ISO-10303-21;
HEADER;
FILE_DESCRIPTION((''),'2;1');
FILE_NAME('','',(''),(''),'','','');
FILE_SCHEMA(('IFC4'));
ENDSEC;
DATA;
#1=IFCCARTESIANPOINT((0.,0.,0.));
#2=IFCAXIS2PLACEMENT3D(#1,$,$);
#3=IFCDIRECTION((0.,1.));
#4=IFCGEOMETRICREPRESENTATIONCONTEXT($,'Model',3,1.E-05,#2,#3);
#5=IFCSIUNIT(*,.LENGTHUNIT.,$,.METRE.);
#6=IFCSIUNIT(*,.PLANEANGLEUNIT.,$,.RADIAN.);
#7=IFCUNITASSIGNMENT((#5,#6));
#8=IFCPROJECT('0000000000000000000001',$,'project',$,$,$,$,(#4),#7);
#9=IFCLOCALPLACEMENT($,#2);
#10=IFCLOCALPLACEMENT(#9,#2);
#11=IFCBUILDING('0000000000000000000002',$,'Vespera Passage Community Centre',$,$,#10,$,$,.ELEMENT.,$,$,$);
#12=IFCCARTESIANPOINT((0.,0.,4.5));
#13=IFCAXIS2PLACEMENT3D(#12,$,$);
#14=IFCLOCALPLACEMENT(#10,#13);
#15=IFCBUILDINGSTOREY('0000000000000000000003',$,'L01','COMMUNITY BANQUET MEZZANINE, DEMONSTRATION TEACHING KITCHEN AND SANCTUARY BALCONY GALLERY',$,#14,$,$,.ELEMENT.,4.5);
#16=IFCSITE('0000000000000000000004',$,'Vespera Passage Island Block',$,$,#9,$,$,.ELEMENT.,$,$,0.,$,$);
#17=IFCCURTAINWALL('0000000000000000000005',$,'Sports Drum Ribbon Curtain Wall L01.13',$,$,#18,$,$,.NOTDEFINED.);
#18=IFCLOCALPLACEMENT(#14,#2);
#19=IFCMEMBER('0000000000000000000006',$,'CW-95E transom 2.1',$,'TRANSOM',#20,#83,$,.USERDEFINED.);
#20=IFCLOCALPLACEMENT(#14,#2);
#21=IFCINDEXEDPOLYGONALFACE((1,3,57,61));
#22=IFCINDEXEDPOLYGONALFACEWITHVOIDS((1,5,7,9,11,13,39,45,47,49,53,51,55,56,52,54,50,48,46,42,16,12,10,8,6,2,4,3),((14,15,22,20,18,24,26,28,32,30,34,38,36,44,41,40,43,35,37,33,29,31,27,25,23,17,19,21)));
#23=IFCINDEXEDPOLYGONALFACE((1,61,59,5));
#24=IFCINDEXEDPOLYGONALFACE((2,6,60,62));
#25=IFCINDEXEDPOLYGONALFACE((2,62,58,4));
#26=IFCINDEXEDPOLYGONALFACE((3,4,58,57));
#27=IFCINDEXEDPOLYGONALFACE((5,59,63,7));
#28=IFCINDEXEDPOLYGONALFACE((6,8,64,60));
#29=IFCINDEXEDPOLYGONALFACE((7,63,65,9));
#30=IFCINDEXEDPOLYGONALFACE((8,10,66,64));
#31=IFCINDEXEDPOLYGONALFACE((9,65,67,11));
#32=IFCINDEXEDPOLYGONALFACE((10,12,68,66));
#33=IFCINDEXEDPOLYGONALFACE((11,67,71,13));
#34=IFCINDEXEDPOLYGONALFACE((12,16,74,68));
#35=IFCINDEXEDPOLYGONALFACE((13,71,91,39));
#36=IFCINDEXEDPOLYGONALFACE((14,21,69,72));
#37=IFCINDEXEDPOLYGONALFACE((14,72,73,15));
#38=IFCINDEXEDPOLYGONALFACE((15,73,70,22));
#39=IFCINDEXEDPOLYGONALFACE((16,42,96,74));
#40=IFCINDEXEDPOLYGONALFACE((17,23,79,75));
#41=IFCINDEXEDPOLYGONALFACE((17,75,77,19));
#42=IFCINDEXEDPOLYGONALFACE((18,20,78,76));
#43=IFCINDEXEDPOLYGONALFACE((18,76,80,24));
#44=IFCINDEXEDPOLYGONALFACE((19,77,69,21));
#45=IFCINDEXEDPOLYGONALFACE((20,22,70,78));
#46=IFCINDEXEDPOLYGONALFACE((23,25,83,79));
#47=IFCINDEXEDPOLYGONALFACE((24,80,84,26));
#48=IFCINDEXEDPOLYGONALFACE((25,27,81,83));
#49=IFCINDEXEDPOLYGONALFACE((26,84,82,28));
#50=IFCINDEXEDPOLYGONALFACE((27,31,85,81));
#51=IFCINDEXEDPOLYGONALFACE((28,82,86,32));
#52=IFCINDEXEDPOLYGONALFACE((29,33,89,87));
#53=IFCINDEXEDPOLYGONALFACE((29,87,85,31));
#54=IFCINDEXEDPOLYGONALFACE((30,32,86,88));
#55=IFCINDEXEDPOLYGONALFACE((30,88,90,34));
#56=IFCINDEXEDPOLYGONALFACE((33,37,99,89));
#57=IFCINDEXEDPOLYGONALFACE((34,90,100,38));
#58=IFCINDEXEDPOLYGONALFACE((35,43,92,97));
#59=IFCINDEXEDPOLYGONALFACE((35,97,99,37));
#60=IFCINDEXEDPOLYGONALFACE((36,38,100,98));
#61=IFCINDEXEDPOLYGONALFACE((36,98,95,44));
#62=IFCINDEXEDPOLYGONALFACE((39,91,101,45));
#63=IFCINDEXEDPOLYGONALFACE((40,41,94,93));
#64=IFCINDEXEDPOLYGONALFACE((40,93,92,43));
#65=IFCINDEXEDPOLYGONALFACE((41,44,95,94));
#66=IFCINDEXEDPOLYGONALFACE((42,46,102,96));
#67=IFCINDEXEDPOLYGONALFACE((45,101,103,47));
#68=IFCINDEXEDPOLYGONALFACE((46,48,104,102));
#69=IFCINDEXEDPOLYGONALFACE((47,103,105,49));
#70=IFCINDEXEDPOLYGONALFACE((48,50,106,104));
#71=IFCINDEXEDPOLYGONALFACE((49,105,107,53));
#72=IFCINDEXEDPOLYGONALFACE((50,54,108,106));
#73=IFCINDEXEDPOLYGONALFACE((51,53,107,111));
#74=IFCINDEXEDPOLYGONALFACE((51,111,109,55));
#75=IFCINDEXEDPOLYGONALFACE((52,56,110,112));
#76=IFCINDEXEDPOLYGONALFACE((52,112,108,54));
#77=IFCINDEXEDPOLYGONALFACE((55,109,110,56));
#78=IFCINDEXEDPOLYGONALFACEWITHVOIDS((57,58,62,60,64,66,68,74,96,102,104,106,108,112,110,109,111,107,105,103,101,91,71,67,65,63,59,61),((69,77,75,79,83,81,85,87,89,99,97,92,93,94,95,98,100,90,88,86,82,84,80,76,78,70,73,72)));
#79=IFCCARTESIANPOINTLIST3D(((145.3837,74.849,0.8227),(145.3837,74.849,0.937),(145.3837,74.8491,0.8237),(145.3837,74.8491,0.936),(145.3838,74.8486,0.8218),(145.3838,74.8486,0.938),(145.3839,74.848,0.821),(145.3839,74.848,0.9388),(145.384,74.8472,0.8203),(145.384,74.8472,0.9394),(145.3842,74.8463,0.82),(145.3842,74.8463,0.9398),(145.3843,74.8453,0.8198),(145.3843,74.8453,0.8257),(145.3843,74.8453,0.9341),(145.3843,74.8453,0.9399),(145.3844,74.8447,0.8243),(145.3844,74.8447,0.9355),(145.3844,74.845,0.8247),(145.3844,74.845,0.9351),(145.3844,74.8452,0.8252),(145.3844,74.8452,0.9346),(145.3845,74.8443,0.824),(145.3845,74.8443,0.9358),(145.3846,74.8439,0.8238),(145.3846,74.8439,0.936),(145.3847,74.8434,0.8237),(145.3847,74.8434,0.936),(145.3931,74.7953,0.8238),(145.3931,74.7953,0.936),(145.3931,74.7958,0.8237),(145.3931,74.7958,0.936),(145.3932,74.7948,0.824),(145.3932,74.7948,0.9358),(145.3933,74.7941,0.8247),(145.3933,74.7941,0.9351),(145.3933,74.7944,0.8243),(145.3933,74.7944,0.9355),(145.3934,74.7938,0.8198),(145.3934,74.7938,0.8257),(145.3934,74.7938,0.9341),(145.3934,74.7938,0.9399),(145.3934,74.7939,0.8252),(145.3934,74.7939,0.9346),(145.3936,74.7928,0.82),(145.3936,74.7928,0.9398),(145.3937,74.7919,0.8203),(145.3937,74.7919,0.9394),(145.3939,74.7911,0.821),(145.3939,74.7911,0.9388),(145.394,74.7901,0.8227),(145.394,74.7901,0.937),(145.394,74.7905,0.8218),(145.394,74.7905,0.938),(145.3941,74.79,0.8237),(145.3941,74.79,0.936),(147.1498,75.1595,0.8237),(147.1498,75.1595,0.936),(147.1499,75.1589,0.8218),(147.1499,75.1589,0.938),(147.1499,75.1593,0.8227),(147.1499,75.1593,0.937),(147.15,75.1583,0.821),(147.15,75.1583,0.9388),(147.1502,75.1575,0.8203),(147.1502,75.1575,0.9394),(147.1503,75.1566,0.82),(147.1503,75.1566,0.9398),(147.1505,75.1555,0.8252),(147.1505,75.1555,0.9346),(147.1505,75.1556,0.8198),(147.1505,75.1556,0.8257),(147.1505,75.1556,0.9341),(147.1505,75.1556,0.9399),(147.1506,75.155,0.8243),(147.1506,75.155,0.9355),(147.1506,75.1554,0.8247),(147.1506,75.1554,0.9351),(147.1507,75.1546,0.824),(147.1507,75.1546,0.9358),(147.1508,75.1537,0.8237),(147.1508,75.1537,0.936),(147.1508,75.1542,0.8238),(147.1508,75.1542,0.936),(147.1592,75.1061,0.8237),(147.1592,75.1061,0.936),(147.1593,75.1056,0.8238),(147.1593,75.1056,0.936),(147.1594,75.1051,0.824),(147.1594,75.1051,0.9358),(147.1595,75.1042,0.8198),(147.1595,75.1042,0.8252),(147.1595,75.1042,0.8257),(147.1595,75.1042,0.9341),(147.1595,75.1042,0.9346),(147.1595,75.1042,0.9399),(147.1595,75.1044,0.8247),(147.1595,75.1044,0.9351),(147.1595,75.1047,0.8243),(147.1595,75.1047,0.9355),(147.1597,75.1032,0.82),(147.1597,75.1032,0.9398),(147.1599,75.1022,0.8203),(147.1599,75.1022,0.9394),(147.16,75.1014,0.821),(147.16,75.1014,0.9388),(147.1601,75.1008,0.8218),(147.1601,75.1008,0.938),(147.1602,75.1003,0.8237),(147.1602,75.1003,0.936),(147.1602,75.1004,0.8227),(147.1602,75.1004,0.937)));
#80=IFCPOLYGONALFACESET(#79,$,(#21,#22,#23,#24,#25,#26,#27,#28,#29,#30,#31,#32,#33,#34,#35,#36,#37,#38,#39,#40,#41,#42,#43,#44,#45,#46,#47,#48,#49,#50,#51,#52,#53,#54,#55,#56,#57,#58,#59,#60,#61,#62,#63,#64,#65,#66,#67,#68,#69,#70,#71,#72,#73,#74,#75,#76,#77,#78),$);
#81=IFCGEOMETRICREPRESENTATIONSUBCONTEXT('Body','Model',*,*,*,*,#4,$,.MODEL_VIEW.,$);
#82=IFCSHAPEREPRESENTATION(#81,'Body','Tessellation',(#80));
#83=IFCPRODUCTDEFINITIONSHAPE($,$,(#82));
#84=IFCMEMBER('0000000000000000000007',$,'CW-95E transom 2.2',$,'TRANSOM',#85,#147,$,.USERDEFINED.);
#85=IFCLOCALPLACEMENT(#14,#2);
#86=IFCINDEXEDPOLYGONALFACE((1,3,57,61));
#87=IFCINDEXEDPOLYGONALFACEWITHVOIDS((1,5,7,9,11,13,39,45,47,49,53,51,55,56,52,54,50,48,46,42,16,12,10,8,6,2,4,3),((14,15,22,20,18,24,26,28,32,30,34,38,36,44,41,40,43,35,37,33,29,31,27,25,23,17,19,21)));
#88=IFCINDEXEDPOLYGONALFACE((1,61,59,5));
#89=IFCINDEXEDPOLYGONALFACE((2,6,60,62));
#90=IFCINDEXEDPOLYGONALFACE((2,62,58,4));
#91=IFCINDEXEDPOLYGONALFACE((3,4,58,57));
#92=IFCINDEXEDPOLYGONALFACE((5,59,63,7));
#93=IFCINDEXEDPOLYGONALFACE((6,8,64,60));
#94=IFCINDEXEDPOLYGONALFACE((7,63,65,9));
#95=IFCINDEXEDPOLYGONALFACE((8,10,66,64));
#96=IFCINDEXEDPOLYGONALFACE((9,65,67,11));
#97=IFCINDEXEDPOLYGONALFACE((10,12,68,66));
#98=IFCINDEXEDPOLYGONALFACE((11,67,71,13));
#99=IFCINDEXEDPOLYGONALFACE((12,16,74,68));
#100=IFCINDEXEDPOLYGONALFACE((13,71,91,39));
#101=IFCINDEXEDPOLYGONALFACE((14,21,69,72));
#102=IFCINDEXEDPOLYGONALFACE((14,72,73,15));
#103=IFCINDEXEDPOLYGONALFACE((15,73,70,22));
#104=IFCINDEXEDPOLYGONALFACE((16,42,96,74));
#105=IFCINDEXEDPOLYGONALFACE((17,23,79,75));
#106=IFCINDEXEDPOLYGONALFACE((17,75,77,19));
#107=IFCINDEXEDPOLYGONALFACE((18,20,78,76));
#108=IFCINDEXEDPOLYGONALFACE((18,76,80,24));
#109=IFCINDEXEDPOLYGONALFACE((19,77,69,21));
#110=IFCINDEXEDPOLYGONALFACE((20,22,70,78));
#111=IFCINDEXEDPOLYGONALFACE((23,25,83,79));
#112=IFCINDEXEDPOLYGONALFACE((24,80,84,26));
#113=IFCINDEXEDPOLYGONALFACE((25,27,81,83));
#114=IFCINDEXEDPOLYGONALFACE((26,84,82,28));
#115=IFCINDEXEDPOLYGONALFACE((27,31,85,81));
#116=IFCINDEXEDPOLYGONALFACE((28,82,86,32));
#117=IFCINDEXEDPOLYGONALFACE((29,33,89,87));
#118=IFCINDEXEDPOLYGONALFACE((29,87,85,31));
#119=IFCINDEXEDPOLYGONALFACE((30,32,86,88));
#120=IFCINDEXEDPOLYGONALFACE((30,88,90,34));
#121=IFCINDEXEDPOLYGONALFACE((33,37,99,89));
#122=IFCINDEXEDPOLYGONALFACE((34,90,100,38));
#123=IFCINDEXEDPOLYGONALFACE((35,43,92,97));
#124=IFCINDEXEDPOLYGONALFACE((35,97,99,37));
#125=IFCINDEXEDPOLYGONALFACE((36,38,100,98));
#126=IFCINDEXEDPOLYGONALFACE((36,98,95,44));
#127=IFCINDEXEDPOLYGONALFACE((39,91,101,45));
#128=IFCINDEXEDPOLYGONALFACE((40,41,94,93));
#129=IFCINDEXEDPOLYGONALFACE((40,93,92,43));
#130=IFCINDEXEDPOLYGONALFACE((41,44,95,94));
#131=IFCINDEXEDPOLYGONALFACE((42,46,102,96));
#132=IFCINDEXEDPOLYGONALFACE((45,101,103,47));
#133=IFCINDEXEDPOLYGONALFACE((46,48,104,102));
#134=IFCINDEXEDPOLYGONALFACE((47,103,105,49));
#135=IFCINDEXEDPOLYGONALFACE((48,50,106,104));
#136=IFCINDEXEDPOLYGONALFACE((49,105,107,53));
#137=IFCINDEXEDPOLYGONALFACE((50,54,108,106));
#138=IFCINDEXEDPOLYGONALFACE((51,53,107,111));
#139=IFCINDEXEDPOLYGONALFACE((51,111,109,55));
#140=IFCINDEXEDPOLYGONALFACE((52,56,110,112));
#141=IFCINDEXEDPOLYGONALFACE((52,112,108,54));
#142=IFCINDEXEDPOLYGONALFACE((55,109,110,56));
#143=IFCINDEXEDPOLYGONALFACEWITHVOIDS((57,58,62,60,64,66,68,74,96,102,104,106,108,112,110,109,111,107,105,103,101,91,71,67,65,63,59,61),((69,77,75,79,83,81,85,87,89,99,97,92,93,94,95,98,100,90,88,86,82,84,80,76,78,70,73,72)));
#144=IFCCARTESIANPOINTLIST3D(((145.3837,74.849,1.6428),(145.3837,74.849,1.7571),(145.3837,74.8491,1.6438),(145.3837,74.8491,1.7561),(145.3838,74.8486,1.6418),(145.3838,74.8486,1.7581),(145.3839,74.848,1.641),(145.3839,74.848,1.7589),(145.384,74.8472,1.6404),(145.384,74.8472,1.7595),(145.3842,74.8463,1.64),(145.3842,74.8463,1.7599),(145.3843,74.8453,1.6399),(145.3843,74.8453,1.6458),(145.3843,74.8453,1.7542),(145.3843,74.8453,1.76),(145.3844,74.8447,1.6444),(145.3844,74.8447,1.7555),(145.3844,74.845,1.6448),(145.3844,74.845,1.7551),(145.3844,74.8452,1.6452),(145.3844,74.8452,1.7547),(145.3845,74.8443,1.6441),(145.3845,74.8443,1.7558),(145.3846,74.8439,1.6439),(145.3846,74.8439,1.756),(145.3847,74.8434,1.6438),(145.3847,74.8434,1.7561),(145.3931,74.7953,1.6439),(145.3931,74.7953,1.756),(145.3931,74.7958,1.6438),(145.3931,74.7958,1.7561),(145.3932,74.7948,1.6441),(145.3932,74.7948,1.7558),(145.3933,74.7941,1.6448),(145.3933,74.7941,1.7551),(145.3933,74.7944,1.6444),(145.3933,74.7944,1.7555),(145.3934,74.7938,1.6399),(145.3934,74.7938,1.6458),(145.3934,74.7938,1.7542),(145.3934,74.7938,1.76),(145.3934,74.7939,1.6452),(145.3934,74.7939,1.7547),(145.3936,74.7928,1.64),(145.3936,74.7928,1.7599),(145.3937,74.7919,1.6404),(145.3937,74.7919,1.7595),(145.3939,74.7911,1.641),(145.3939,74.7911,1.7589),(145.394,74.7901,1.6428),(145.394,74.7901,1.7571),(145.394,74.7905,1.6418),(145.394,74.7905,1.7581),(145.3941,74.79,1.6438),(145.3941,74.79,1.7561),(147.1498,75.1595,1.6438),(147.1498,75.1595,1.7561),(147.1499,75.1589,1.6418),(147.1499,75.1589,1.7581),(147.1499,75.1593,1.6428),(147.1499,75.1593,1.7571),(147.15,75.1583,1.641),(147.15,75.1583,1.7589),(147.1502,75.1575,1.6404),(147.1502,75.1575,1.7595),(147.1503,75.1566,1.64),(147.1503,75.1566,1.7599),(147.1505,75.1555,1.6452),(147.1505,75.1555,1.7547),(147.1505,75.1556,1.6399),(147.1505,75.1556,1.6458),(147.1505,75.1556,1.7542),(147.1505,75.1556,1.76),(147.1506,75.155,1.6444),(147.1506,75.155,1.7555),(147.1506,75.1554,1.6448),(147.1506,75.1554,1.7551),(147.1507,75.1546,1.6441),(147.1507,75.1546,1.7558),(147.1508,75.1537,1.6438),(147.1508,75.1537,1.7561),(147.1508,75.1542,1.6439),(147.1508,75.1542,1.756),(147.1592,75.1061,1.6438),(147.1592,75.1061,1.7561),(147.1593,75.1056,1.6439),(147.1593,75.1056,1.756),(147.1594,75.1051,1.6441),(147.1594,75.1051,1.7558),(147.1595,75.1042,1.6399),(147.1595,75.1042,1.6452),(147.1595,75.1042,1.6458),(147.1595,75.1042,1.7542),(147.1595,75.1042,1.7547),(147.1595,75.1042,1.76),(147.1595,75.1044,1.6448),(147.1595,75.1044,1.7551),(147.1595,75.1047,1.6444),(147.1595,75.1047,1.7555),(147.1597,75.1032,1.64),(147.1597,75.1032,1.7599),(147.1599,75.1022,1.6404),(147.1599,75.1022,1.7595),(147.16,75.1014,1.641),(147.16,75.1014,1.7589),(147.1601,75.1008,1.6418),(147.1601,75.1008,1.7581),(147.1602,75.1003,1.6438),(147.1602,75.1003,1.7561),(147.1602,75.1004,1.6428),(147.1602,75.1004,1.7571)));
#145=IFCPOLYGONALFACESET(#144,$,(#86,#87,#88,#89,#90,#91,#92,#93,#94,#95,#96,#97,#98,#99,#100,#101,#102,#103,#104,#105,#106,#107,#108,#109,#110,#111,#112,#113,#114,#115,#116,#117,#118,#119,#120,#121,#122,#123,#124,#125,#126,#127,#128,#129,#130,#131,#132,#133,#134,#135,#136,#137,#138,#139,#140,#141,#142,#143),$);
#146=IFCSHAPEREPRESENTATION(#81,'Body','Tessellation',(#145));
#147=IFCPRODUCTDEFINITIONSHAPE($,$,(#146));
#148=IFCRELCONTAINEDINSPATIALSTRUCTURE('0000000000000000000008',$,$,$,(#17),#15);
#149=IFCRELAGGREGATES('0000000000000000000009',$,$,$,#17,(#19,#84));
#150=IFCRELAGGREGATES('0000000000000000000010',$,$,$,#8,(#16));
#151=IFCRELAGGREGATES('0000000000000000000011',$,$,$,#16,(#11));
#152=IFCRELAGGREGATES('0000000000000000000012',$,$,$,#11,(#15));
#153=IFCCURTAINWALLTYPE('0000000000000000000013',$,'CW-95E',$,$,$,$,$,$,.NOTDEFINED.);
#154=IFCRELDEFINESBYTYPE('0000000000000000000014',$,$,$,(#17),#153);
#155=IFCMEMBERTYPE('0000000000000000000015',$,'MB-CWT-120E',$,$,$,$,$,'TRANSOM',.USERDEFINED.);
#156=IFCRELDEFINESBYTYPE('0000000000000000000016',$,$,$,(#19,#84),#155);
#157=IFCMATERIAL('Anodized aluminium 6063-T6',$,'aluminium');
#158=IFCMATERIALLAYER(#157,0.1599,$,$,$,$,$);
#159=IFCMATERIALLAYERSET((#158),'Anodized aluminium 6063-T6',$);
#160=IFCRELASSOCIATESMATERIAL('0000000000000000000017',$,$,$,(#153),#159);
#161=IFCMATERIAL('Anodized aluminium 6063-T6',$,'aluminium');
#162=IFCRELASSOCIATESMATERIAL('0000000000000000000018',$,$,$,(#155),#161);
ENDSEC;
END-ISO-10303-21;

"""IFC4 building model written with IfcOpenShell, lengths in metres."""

from ifc_helpers import new_model, si_unit, direction, frame, origin, origin_2d, place, context, subcontext, project, spatial, hollow_rectangle, extrude, material, layer, layer_set, material_profile, profile_set, type_object, element, aggregate, save


model = new_model("IFC4")

# Units and contexts
model_context = context("Model", 3, precision=1e-05, world=origin(), true_north=direction((0.0, 1.0)))
body_context = subcontext(model_context, "Body", "Model", "MODEL_VIEW")
ifc_project = project(units=[si_unit("LENGTHUNIT", "METRE"), si_unit("PLANEANGLEUNIT", "RADIAN")], contexts=[model_context])

# Site, building, storey
site_placement = place(None, origin())
site = spatial("IfcSite", under=ifc_project, at=site_placement, Name="Vespera Passage Island Block", CompositionType="ELEMENT", RefElevation=0.0)
building_placement = place(site_placement, origin())
building = spatial("IfcBuilding", under=site, at=building_placement, Name="Vespera Passage Community Centre", CompositionType="ELEMENT")
storey_placement = place(building_placement, frame((0.0, 0.0, 4.5)))
storey = spatial("IfcBuildingStorey", under=building, at=storey_placement, Name="L01", Description="COMMUNITY BANQUET MEZZANINE, DEMONSTRATION TEACHING KITCHEN AND SANCTUARY BALCONY GALLERY", CompositionType="ELEMENT", Elevation=4.5)

# Curtain wall
ifc_material_1 = material(Name="Anodized aluminium 6063-T6", Category="aluminium")
ifc_layer_1 = layer(ifc_material_1, 0.1599)
ifc_layer_set_1 = layer_set([ifc_layer_1], Name="Anodized aluminium 6063-T6")
curtain_wall_type_1 = type_object("IfcCurtainWallType", Name="CW-95E", PredefinedType="NOTDEFINED", material=ifc_layer_set_1)
curtain_wall_1_placement = place(storey_placement, origin())
curtain_wall_1 = element("IfcCurtainWall", 1, at=curtain_wall_1_placement, inside=storey, type_object=curtain_wall_type_1, Name="Sports Drum Ribbon Curtain Wall L01.13", PredefinedType="NOTDEFINED")

# Members
ifc_material_2 = material(Name="Anodized aluminium 6063-T6", Category="aluminium")
ifc_material_profile_1 = material_profile(ifc_material_2, hollow_rectangle(XDim=0.0601, YDim=0.1201, WallThickness=0.0039, InnerFilletRadius=0.002, OuterFilletRadius=0.0039, at=origin_2d()), Name="ALU120X60X4")
ifc_profile_set_1 = profile_set([ifc_material_profile_1], Name="Anodized aluminium 6063-T6")
member_type_1 = type_object("IfcMemberType", Name="MB-CWT-120E", ElementType="TRANSOM", PredefinedType="USERDEFINED", material=ifc_profile_set_1)
member_1_placement = place(storey_placement, frame((147.155, 75.1299, 0.8799), z_axis=(-0.984913, -0.173047, 0.0), x_axis=(0.173047, -0.984913, 0.0)))
member_1 = element("IfcMember", 2, at=member_1_placement, type_object=member_type_1, Name="CW-95E transom 2.1", ObjectType="TRANSOM", PredefinedType="USERDEFINED", context=body_context, shape_type="SweptSolid", body=[
    extrude(hollow_rectangle(XDim=0.0601, YDim=0.1201, WallThickness=0.0039, InnerFilletRadius=0.002, OuterFilletRadius=0.0039, at=origin_2d()), origin(), (0.0, 0.0, 1.0), 1.7932),
])
member_2_placement = place(storey_placement, frame((147.155, 75.1299, 1.7), z_axis=(-0.984913, -0.173047, 0.0), x_axis=(0.173047, -0.984913, 0.0)))
member_2 = element("IfcMember", 3, at=member_2_placement, type_object=member_type_1, Name="CW-95E transom 2.2", ObjectType="TRANSOM", PredefinedType="USERDEFINED", context=body_context, shape_type="SweptSolid", body=[
    extrude(hollow_rectangle(XDim=0.0601, YDim=0.1201, WallThickness=0.0039, InnerFilletRadius=0.002, OuterFilletRadius=0.0039, at=origin_2d()), origin(), (0.0, 0.0, 1.0), 1.7932),
])

aggregate(curtain_wall_1, [member_1, member_2])

save(model, "model.ifc")
